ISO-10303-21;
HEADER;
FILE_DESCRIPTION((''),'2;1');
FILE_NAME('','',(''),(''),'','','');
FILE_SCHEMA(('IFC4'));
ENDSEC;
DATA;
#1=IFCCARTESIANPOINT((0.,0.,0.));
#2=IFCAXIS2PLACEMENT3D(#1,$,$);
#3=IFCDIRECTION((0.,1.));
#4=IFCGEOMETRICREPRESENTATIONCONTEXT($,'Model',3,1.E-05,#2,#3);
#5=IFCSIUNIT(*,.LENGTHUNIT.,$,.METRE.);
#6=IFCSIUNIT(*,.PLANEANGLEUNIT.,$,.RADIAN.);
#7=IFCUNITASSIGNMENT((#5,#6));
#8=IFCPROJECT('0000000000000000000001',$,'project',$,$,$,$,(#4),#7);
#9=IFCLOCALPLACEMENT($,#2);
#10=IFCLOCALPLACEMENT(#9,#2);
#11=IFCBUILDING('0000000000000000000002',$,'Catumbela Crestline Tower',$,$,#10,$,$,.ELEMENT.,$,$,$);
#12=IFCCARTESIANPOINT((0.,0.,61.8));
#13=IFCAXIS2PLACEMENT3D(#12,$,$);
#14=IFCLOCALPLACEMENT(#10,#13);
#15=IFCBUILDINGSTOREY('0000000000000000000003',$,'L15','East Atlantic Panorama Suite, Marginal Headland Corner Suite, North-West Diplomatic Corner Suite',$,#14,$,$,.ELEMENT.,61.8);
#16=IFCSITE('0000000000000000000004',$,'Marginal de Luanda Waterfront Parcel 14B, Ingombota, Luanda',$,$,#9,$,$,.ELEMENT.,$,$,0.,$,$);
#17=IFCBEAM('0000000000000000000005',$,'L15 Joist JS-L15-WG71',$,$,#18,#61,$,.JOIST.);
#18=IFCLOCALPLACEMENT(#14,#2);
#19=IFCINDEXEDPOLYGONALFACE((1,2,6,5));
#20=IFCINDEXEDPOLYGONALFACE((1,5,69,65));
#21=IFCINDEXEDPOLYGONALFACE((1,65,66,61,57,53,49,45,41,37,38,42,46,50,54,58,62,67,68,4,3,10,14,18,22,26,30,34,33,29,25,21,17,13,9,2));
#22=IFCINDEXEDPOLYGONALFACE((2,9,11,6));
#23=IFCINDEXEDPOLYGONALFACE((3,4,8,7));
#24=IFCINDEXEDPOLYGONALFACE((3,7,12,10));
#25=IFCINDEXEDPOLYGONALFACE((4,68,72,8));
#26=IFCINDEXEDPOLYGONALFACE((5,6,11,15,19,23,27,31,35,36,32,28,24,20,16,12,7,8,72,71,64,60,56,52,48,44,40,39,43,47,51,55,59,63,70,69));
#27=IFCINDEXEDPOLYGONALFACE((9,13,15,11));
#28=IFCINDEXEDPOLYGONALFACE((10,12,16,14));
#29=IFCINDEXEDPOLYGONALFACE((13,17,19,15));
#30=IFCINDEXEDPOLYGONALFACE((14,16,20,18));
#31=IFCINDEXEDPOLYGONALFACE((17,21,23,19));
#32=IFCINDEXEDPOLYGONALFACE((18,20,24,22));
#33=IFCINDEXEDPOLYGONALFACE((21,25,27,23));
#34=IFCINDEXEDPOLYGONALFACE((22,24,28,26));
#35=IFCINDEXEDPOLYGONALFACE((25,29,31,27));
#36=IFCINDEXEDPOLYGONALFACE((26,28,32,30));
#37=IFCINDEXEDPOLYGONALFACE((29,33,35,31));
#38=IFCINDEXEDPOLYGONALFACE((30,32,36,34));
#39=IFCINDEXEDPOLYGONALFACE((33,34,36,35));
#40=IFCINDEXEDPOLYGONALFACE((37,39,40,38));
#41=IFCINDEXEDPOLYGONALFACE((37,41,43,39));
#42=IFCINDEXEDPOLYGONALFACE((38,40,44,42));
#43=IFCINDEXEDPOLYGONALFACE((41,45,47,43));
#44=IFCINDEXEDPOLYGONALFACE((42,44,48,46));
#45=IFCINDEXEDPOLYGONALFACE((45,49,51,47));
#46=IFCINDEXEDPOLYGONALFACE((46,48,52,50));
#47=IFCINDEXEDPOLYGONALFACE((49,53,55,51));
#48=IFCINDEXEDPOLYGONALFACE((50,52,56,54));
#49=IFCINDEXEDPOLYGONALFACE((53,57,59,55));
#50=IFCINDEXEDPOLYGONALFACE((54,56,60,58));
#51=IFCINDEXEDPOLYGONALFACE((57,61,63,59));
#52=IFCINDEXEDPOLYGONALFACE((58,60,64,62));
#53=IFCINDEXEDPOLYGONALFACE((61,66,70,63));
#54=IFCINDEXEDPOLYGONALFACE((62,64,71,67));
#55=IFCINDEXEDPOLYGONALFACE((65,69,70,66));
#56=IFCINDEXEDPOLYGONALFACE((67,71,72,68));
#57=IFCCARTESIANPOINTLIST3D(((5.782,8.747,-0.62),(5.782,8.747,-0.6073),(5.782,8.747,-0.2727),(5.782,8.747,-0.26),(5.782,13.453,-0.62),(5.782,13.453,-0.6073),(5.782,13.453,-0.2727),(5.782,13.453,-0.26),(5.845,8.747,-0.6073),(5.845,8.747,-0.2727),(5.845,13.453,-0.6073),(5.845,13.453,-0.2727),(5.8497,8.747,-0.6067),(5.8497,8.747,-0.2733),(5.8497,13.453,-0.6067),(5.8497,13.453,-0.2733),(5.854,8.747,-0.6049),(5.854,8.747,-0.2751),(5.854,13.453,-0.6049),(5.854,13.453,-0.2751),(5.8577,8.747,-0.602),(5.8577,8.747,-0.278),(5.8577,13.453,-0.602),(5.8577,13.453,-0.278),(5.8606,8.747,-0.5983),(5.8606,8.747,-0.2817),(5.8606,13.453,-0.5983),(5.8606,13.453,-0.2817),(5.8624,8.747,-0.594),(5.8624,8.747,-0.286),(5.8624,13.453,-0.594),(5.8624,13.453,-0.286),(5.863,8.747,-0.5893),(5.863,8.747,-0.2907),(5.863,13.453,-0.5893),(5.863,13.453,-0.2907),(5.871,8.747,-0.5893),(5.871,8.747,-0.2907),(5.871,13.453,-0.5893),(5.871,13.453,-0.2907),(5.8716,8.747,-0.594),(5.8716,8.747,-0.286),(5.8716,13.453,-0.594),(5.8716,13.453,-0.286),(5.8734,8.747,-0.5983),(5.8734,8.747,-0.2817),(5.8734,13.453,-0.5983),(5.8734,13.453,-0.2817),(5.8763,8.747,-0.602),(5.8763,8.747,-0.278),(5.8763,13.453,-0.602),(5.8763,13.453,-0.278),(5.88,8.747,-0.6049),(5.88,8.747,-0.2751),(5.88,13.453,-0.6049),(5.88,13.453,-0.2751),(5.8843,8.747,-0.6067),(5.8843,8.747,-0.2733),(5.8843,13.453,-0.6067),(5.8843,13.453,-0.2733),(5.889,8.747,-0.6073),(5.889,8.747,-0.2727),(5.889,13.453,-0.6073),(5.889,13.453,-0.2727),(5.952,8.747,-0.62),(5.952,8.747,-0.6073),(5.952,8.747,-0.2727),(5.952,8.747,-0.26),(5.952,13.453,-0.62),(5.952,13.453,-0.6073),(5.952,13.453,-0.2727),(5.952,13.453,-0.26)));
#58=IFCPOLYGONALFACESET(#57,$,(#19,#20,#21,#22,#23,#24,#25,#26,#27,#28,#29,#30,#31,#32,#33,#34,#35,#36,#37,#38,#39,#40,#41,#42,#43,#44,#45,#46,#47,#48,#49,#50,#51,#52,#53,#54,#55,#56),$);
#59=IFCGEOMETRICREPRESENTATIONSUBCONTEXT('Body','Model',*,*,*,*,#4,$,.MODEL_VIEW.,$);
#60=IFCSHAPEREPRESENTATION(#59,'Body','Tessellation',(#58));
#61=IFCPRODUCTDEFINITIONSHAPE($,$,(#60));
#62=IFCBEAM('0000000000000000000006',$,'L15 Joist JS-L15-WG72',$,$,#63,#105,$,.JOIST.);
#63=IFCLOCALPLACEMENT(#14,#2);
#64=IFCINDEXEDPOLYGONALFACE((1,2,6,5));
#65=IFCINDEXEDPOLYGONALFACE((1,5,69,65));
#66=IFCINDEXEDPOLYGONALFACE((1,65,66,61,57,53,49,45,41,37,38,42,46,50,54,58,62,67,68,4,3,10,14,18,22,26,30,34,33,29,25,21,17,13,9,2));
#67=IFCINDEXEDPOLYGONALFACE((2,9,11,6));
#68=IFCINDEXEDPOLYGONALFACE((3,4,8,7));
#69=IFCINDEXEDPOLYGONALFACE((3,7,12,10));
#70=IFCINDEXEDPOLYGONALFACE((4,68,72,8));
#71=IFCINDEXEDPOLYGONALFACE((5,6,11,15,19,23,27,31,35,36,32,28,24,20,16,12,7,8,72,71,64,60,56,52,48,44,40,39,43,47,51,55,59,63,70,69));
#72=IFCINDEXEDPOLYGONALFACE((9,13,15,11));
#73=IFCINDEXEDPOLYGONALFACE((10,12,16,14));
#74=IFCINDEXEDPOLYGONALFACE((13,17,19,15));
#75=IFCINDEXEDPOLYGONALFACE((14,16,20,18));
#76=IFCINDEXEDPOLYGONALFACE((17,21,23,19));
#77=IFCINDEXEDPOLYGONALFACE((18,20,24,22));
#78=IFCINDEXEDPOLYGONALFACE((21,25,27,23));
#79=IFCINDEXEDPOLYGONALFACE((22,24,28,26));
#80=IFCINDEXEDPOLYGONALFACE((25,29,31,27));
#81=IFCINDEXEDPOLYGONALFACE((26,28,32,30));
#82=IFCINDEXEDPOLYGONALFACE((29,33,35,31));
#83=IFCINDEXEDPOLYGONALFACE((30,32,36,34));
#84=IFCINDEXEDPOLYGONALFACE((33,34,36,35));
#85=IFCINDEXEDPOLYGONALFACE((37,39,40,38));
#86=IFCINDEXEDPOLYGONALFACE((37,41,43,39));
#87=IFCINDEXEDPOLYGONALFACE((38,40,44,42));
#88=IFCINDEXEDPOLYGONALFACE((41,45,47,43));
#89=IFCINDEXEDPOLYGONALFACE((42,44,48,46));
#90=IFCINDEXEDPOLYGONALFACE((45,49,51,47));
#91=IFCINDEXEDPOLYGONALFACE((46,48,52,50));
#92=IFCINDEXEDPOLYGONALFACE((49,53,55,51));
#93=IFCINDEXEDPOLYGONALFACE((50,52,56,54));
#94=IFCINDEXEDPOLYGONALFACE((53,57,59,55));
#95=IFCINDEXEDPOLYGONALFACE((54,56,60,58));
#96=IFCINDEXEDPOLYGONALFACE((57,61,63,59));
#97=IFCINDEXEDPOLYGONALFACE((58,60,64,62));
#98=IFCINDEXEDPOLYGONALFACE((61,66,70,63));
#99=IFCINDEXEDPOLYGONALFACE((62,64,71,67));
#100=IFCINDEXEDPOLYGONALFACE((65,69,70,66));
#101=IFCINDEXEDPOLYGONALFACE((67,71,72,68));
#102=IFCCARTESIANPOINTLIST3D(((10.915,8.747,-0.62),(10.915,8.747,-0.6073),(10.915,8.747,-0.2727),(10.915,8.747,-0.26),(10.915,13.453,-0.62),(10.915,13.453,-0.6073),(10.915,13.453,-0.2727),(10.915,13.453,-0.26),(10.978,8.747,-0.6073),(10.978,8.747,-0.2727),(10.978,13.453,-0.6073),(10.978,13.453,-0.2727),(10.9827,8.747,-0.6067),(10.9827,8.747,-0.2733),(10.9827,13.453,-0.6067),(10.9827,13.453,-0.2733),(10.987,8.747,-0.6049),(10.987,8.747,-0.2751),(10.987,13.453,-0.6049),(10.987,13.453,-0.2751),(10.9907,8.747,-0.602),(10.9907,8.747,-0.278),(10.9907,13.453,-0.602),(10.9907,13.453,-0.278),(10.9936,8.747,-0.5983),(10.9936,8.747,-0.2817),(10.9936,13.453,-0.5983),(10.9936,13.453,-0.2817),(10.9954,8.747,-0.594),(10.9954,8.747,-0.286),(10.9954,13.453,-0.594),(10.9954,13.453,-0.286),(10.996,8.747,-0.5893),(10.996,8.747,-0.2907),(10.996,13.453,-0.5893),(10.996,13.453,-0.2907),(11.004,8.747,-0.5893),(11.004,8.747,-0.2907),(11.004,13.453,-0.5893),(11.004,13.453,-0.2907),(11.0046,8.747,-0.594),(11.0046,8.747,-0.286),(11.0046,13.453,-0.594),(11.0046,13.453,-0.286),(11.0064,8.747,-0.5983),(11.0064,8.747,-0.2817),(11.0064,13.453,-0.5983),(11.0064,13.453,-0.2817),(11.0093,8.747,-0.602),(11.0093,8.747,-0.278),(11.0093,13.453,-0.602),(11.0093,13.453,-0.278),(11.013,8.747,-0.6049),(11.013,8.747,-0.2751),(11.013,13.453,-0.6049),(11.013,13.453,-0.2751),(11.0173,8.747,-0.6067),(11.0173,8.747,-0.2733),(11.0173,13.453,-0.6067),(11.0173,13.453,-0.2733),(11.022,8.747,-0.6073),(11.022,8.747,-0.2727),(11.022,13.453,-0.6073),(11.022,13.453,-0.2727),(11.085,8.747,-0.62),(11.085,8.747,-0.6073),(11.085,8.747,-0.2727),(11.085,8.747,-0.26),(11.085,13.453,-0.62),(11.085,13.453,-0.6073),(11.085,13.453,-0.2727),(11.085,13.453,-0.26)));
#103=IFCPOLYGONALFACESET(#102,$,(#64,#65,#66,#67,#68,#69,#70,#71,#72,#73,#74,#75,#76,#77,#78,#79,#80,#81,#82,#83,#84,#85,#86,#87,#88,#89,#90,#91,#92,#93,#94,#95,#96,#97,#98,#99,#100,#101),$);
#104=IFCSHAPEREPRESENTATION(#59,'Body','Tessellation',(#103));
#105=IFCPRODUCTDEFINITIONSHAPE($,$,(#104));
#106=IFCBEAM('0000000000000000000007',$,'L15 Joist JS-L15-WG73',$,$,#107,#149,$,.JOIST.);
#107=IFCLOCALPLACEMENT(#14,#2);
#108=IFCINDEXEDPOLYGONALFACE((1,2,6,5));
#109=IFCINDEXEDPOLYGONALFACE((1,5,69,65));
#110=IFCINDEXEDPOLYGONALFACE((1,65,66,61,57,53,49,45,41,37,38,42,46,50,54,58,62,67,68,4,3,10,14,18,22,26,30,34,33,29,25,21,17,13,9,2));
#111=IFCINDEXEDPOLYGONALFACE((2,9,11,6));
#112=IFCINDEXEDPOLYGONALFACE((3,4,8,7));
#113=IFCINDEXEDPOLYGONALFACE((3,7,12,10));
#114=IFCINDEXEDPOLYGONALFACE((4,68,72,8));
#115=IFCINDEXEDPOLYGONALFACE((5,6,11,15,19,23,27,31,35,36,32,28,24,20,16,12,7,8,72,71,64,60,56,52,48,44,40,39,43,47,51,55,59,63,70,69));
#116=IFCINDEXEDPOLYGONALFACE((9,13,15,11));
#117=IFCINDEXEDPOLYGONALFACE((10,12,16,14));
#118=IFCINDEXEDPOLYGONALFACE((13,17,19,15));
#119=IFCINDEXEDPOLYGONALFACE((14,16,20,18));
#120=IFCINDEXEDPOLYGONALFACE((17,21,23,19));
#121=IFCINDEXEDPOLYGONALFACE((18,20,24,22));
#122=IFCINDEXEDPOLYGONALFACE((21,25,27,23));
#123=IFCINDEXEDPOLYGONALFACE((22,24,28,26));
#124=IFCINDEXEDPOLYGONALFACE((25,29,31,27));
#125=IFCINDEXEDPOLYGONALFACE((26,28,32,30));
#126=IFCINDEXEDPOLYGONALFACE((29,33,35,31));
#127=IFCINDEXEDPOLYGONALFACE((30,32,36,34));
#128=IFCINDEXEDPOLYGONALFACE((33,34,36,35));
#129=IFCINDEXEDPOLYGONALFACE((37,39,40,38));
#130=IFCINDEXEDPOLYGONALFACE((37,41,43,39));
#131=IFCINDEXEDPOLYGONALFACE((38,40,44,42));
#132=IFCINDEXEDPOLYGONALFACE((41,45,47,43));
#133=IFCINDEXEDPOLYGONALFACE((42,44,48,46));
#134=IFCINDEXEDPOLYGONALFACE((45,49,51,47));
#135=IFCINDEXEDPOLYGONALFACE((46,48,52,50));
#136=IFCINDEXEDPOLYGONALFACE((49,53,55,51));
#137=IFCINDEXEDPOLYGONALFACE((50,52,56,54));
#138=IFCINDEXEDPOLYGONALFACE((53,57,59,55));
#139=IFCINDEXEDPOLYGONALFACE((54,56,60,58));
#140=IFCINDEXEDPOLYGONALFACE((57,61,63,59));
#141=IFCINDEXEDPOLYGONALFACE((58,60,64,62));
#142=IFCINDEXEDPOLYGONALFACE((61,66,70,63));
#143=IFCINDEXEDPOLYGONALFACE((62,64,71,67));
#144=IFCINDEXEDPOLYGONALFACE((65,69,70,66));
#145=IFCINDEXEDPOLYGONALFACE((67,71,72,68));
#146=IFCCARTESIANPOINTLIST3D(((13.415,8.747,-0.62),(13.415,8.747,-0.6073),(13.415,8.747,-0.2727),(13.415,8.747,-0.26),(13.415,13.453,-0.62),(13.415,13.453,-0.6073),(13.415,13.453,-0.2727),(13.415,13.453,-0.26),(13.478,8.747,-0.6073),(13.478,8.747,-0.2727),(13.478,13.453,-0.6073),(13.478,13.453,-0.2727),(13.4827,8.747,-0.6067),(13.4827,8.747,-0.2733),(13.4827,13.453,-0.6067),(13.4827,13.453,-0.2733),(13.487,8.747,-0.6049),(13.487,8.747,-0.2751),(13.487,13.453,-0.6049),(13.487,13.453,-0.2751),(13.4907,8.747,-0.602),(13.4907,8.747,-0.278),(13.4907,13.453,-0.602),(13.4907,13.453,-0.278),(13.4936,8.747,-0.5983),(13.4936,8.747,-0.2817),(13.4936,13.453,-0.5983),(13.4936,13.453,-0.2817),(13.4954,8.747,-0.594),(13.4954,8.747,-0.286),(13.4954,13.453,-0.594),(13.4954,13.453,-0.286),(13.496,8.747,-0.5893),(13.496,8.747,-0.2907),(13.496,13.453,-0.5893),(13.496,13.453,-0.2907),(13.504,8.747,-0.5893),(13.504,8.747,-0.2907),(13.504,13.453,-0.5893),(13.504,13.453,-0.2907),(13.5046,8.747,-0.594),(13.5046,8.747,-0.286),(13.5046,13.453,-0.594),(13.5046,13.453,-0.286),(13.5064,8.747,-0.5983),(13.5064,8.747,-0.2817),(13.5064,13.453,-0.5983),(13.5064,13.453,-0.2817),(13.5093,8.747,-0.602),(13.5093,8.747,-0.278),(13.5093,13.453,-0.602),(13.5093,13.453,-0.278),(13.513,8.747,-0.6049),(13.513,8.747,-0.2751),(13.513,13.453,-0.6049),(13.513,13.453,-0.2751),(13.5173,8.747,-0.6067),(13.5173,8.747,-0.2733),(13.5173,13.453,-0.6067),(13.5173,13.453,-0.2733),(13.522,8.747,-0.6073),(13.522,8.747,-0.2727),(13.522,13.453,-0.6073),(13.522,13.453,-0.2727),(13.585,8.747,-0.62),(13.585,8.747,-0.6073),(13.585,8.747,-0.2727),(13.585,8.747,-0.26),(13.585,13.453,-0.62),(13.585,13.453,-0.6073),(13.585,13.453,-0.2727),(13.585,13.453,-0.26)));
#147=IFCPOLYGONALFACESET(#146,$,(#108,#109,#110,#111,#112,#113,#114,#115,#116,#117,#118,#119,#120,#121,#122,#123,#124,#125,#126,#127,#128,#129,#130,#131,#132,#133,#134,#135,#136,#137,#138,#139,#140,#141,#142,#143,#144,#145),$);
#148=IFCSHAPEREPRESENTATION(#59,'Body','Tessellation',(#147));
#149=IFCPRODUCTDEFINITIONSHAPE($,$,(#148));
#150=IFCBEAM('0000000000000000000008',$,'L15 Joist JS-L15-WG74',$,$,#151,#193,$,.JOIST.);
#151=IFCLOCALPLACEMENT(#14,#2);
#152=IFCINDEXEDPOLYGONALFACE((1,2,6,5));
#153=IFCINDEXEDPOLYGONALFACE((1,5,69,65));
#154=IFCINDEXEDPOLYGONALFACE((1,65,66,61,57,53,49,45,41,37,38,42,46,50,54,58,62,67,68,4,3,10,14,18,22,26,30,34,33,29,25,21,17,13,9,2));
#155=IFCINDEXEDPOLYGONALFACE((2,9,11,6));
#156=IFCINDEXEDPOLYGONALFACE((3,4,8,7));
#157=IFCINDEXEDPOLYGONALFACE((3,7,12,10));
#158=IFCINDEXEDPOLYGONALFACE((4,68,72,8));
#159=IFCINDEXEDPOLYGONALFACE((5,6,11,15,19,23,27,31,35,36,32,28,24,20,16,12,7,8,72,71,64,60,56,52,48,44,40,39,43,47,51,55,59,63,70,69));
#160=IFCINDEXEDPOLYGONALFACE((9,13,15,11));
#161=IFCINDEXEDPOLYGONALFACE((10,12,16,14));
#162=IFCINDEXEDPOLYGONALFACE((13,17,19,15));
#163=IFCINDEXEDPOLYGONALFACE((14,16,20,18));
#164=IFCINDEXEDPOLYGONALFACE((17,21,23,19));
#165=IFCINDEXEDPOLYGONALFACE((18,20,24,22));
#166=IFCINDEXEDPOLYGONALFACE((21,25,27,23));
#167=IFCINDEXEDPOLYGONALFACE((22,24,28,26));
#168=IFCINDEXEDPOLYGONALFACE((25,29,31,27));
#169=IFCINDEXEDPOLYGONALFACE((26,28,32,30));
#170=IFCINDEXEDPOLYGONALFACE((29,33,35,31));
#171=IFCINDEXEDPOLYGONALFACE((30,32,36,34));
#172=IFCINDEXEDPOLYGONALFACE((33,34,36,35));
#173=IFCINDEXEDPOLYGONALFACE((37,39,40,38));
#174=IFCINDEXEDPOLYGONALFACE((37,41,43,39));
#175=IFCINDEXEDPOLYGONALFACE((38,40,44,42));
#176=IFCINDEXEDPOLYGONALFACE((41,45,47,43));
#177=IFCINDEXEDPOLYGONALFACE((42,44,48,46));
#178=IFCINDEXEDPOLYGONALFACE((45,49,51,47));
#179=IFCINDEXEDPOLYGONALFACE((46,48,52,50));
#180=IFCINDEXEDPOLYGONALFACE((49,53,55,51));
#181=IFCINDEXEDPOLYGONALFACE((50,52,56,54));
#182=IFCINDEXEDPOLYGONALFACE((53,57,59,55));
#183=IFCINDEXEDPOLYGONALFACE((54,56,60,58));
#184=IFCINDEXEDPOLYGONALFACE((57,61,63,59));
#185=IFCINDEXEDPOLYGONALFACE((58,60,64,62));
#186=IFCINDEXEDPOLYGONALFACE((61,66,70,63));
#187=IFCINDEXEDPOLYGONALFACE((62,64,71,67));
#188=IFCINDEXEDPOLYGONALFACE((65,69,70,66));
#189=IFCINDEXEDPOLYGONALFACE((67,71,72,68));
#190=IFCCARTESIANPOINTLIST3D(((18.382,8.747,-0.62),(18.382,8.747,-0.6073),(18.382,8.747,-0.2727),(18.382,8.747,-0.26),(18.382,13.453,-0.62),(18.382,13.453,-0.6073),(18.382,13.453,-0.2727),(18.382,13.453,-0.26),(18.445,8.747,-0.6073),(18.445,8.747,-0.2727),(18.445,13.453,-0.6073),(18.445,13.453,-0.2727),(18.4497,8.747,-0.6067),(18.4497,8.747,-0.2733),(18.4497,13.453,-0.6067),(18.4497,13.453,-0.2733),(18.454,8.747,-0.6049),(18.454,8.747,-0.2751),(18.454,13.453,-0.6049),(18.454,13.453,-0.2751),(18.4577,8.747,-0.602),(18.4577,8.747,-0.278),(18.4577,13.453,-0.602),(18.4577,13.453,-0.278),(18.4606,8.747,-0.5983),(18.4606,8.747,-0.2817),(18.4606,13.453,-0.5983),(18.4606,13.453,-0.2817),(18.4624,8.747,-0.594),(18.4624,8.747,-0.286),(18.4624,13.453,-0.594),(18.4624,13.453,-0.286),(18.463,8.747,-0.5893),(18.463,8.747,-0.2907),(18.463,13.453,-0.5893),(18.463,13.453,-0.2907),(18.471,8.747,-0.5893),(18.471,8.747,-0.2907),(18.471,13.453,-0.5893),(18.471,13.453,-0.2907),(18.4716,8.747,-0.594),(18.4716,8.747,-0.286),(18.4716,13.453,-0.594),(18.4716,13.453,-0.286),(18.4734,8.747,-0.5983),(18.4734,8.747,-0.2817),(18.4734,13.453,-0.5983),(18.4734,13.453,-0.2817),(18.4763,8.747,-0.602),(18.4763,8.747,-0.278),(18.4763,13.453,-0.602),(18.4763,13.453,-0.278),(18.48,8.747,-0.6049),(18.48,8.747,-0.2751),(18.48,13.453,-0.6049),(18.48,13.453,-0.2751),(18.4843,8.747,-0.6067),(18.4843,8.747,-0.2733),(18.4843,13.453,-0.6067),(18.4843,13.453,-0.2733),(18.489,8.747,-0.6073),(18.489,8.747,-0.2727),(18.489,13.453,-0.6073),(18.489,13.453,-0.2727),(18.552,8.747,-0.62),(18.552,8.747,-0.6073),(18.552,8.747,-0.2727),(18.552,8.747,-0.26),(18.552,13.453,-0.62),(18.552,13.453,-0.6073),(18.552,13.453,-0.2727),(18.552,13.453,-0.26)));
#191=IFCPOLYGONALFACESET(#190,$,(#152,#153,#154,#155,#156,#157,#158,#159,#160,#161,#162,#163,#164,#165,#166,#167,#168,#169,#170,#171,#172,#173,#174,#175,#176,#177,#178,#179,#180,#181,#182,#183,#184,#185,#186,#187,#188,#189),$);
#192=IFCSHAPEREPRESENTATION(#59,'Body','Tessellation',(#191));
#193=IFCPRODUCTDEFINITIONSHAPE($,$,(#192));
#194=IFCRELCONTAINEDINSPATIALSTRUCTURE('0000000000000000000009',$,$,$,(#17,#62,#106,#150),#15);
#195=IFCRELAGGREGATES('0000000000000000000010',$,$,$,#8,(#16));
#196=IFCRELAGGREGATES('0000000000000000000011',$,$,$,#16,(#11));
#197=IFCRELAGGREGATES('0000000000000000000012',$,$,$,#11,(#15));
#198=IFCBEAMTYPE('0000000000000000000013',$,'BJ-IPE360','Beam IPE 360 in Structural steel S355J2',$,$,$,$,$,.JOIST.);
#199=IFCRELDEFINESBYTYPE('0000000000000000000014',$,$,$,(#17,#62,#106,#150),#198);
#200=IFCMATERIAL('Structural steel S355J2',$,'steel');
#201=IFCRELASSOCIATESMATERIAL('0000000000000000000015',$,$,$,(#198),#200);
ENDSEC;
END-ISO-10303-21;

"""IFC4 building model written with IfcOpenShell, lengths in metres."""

from ifc_helpers import new_model, si_unit, direction, frame, origin, origin_2d, place, context, subcontext, project, spatial, i_section, extrude, material, material_profile, profile_set, type_object, element, save


model = new_model("IFC4")

# Units and contexts
model_context = context("Model", 3, precision=1e-05, world=origin(), true_north=direction((0.0, 1.0)))
body_context = subcontext(model_context, "Body", "Model", "MODEL_VIEW")
ifc_project = project(units=[si_unit("LENGTHUNIT", "METRE"), si_unit("PLANEANGLEUNIT", "RADIAN")], contexts=[model_context])

# Site, building, storey
site_placement = place(None, origin())
site = spatial("IfcSite", under=ifc_project, at=site_placement, Name="Marginal de Luanda Waterfront Parcel 14B, Ingombota, Luanda", CompositionType="ELEMENT", RefElevation=0.0)
building_placement = place(site_placement, origin())
building = spatial("IfcBuilding", under=site, at=building_placement, Name="Catumbela Crestline Tower", CompositionType="ELEMENT")
storey_placement = place(building_placement, frame((0.0, 0.0, 61.8)))
storey = spatial("IfcBuildingStorey", under=building, at=storey_placement, Name="L15", Description="East Atlantic Panorama Suite, Marginal Headland Corner Suite, North-West Diplomatic Corner Suite", CompositionType="ELEMENT", Elevation=61.8)

# Beams
ifc_material_1 = material(Name="Structural steel S355J2", Category="steel")
ifc_material_profile_1 = material_profile(ifc_material_1, i_section(OverallWidth=0.17, OverallDepth=0.36, WebThickness=0.008, FlangeThickness=0.0127, FilletRadius=0.018, at=origin_2d()), Name="IPE 360")
ifc_profile_set_1 = profile_set([ifc_material_profile_1], Name="Structural steel S355J2")
beam_type_1 = type_object("IfcBeamType", Name="BJ-IPE360", Description="Beam IPE 360 in Structural steel S355J2", PredefinedType="JOIST", material=ifc_profile_set_1)
for number, where, z_axis, x_axis, name in (
    (1, (5.867, 8.747, -0.44), (0.0, 1.0, 0.0), (-1.0, 0.0, 0.0), "L15 Joist JS-L15-WG71"),
    (2, (11.0, 8.747, -0.44), (0.0, 1.0, 0.0), (-1.0, 0.0, 0.0), "L15 Joist JS-L15-WG72"),
    (3, (13.5, 8.747, -0.44), (0.0, 1.0, 0.0), (-1.0, 0.0, 0.0), "L15 Joist JS-L15-WG73"),
    (4, (18.467, 8.747, -0.44), (0.0, 1.0, 0.0), (-1.0, 0.0, 0.0), "L15 Joist JS-L15-WG74"),
):
    element("IfcBeam", number, at=place(storey_placement, frame(where, z_axis=z_axis, x_axis=x_axis)), inside=storey, type_object=beam_type_1, Name=name, PredefinedType="JOIST", context=body_context, shape_type="SweptSolid", body=[
        extrude(i_section(OverallWidth=0.17, OverallDepth=0.36, WebThickness=0.008, FlangeThickness=0.0127, FilletRadius=0.018, at=origin_2d()), origin(), (0.0, 0.0, 1.0), 4.706),
    ])

save(model, "model.ifc")
